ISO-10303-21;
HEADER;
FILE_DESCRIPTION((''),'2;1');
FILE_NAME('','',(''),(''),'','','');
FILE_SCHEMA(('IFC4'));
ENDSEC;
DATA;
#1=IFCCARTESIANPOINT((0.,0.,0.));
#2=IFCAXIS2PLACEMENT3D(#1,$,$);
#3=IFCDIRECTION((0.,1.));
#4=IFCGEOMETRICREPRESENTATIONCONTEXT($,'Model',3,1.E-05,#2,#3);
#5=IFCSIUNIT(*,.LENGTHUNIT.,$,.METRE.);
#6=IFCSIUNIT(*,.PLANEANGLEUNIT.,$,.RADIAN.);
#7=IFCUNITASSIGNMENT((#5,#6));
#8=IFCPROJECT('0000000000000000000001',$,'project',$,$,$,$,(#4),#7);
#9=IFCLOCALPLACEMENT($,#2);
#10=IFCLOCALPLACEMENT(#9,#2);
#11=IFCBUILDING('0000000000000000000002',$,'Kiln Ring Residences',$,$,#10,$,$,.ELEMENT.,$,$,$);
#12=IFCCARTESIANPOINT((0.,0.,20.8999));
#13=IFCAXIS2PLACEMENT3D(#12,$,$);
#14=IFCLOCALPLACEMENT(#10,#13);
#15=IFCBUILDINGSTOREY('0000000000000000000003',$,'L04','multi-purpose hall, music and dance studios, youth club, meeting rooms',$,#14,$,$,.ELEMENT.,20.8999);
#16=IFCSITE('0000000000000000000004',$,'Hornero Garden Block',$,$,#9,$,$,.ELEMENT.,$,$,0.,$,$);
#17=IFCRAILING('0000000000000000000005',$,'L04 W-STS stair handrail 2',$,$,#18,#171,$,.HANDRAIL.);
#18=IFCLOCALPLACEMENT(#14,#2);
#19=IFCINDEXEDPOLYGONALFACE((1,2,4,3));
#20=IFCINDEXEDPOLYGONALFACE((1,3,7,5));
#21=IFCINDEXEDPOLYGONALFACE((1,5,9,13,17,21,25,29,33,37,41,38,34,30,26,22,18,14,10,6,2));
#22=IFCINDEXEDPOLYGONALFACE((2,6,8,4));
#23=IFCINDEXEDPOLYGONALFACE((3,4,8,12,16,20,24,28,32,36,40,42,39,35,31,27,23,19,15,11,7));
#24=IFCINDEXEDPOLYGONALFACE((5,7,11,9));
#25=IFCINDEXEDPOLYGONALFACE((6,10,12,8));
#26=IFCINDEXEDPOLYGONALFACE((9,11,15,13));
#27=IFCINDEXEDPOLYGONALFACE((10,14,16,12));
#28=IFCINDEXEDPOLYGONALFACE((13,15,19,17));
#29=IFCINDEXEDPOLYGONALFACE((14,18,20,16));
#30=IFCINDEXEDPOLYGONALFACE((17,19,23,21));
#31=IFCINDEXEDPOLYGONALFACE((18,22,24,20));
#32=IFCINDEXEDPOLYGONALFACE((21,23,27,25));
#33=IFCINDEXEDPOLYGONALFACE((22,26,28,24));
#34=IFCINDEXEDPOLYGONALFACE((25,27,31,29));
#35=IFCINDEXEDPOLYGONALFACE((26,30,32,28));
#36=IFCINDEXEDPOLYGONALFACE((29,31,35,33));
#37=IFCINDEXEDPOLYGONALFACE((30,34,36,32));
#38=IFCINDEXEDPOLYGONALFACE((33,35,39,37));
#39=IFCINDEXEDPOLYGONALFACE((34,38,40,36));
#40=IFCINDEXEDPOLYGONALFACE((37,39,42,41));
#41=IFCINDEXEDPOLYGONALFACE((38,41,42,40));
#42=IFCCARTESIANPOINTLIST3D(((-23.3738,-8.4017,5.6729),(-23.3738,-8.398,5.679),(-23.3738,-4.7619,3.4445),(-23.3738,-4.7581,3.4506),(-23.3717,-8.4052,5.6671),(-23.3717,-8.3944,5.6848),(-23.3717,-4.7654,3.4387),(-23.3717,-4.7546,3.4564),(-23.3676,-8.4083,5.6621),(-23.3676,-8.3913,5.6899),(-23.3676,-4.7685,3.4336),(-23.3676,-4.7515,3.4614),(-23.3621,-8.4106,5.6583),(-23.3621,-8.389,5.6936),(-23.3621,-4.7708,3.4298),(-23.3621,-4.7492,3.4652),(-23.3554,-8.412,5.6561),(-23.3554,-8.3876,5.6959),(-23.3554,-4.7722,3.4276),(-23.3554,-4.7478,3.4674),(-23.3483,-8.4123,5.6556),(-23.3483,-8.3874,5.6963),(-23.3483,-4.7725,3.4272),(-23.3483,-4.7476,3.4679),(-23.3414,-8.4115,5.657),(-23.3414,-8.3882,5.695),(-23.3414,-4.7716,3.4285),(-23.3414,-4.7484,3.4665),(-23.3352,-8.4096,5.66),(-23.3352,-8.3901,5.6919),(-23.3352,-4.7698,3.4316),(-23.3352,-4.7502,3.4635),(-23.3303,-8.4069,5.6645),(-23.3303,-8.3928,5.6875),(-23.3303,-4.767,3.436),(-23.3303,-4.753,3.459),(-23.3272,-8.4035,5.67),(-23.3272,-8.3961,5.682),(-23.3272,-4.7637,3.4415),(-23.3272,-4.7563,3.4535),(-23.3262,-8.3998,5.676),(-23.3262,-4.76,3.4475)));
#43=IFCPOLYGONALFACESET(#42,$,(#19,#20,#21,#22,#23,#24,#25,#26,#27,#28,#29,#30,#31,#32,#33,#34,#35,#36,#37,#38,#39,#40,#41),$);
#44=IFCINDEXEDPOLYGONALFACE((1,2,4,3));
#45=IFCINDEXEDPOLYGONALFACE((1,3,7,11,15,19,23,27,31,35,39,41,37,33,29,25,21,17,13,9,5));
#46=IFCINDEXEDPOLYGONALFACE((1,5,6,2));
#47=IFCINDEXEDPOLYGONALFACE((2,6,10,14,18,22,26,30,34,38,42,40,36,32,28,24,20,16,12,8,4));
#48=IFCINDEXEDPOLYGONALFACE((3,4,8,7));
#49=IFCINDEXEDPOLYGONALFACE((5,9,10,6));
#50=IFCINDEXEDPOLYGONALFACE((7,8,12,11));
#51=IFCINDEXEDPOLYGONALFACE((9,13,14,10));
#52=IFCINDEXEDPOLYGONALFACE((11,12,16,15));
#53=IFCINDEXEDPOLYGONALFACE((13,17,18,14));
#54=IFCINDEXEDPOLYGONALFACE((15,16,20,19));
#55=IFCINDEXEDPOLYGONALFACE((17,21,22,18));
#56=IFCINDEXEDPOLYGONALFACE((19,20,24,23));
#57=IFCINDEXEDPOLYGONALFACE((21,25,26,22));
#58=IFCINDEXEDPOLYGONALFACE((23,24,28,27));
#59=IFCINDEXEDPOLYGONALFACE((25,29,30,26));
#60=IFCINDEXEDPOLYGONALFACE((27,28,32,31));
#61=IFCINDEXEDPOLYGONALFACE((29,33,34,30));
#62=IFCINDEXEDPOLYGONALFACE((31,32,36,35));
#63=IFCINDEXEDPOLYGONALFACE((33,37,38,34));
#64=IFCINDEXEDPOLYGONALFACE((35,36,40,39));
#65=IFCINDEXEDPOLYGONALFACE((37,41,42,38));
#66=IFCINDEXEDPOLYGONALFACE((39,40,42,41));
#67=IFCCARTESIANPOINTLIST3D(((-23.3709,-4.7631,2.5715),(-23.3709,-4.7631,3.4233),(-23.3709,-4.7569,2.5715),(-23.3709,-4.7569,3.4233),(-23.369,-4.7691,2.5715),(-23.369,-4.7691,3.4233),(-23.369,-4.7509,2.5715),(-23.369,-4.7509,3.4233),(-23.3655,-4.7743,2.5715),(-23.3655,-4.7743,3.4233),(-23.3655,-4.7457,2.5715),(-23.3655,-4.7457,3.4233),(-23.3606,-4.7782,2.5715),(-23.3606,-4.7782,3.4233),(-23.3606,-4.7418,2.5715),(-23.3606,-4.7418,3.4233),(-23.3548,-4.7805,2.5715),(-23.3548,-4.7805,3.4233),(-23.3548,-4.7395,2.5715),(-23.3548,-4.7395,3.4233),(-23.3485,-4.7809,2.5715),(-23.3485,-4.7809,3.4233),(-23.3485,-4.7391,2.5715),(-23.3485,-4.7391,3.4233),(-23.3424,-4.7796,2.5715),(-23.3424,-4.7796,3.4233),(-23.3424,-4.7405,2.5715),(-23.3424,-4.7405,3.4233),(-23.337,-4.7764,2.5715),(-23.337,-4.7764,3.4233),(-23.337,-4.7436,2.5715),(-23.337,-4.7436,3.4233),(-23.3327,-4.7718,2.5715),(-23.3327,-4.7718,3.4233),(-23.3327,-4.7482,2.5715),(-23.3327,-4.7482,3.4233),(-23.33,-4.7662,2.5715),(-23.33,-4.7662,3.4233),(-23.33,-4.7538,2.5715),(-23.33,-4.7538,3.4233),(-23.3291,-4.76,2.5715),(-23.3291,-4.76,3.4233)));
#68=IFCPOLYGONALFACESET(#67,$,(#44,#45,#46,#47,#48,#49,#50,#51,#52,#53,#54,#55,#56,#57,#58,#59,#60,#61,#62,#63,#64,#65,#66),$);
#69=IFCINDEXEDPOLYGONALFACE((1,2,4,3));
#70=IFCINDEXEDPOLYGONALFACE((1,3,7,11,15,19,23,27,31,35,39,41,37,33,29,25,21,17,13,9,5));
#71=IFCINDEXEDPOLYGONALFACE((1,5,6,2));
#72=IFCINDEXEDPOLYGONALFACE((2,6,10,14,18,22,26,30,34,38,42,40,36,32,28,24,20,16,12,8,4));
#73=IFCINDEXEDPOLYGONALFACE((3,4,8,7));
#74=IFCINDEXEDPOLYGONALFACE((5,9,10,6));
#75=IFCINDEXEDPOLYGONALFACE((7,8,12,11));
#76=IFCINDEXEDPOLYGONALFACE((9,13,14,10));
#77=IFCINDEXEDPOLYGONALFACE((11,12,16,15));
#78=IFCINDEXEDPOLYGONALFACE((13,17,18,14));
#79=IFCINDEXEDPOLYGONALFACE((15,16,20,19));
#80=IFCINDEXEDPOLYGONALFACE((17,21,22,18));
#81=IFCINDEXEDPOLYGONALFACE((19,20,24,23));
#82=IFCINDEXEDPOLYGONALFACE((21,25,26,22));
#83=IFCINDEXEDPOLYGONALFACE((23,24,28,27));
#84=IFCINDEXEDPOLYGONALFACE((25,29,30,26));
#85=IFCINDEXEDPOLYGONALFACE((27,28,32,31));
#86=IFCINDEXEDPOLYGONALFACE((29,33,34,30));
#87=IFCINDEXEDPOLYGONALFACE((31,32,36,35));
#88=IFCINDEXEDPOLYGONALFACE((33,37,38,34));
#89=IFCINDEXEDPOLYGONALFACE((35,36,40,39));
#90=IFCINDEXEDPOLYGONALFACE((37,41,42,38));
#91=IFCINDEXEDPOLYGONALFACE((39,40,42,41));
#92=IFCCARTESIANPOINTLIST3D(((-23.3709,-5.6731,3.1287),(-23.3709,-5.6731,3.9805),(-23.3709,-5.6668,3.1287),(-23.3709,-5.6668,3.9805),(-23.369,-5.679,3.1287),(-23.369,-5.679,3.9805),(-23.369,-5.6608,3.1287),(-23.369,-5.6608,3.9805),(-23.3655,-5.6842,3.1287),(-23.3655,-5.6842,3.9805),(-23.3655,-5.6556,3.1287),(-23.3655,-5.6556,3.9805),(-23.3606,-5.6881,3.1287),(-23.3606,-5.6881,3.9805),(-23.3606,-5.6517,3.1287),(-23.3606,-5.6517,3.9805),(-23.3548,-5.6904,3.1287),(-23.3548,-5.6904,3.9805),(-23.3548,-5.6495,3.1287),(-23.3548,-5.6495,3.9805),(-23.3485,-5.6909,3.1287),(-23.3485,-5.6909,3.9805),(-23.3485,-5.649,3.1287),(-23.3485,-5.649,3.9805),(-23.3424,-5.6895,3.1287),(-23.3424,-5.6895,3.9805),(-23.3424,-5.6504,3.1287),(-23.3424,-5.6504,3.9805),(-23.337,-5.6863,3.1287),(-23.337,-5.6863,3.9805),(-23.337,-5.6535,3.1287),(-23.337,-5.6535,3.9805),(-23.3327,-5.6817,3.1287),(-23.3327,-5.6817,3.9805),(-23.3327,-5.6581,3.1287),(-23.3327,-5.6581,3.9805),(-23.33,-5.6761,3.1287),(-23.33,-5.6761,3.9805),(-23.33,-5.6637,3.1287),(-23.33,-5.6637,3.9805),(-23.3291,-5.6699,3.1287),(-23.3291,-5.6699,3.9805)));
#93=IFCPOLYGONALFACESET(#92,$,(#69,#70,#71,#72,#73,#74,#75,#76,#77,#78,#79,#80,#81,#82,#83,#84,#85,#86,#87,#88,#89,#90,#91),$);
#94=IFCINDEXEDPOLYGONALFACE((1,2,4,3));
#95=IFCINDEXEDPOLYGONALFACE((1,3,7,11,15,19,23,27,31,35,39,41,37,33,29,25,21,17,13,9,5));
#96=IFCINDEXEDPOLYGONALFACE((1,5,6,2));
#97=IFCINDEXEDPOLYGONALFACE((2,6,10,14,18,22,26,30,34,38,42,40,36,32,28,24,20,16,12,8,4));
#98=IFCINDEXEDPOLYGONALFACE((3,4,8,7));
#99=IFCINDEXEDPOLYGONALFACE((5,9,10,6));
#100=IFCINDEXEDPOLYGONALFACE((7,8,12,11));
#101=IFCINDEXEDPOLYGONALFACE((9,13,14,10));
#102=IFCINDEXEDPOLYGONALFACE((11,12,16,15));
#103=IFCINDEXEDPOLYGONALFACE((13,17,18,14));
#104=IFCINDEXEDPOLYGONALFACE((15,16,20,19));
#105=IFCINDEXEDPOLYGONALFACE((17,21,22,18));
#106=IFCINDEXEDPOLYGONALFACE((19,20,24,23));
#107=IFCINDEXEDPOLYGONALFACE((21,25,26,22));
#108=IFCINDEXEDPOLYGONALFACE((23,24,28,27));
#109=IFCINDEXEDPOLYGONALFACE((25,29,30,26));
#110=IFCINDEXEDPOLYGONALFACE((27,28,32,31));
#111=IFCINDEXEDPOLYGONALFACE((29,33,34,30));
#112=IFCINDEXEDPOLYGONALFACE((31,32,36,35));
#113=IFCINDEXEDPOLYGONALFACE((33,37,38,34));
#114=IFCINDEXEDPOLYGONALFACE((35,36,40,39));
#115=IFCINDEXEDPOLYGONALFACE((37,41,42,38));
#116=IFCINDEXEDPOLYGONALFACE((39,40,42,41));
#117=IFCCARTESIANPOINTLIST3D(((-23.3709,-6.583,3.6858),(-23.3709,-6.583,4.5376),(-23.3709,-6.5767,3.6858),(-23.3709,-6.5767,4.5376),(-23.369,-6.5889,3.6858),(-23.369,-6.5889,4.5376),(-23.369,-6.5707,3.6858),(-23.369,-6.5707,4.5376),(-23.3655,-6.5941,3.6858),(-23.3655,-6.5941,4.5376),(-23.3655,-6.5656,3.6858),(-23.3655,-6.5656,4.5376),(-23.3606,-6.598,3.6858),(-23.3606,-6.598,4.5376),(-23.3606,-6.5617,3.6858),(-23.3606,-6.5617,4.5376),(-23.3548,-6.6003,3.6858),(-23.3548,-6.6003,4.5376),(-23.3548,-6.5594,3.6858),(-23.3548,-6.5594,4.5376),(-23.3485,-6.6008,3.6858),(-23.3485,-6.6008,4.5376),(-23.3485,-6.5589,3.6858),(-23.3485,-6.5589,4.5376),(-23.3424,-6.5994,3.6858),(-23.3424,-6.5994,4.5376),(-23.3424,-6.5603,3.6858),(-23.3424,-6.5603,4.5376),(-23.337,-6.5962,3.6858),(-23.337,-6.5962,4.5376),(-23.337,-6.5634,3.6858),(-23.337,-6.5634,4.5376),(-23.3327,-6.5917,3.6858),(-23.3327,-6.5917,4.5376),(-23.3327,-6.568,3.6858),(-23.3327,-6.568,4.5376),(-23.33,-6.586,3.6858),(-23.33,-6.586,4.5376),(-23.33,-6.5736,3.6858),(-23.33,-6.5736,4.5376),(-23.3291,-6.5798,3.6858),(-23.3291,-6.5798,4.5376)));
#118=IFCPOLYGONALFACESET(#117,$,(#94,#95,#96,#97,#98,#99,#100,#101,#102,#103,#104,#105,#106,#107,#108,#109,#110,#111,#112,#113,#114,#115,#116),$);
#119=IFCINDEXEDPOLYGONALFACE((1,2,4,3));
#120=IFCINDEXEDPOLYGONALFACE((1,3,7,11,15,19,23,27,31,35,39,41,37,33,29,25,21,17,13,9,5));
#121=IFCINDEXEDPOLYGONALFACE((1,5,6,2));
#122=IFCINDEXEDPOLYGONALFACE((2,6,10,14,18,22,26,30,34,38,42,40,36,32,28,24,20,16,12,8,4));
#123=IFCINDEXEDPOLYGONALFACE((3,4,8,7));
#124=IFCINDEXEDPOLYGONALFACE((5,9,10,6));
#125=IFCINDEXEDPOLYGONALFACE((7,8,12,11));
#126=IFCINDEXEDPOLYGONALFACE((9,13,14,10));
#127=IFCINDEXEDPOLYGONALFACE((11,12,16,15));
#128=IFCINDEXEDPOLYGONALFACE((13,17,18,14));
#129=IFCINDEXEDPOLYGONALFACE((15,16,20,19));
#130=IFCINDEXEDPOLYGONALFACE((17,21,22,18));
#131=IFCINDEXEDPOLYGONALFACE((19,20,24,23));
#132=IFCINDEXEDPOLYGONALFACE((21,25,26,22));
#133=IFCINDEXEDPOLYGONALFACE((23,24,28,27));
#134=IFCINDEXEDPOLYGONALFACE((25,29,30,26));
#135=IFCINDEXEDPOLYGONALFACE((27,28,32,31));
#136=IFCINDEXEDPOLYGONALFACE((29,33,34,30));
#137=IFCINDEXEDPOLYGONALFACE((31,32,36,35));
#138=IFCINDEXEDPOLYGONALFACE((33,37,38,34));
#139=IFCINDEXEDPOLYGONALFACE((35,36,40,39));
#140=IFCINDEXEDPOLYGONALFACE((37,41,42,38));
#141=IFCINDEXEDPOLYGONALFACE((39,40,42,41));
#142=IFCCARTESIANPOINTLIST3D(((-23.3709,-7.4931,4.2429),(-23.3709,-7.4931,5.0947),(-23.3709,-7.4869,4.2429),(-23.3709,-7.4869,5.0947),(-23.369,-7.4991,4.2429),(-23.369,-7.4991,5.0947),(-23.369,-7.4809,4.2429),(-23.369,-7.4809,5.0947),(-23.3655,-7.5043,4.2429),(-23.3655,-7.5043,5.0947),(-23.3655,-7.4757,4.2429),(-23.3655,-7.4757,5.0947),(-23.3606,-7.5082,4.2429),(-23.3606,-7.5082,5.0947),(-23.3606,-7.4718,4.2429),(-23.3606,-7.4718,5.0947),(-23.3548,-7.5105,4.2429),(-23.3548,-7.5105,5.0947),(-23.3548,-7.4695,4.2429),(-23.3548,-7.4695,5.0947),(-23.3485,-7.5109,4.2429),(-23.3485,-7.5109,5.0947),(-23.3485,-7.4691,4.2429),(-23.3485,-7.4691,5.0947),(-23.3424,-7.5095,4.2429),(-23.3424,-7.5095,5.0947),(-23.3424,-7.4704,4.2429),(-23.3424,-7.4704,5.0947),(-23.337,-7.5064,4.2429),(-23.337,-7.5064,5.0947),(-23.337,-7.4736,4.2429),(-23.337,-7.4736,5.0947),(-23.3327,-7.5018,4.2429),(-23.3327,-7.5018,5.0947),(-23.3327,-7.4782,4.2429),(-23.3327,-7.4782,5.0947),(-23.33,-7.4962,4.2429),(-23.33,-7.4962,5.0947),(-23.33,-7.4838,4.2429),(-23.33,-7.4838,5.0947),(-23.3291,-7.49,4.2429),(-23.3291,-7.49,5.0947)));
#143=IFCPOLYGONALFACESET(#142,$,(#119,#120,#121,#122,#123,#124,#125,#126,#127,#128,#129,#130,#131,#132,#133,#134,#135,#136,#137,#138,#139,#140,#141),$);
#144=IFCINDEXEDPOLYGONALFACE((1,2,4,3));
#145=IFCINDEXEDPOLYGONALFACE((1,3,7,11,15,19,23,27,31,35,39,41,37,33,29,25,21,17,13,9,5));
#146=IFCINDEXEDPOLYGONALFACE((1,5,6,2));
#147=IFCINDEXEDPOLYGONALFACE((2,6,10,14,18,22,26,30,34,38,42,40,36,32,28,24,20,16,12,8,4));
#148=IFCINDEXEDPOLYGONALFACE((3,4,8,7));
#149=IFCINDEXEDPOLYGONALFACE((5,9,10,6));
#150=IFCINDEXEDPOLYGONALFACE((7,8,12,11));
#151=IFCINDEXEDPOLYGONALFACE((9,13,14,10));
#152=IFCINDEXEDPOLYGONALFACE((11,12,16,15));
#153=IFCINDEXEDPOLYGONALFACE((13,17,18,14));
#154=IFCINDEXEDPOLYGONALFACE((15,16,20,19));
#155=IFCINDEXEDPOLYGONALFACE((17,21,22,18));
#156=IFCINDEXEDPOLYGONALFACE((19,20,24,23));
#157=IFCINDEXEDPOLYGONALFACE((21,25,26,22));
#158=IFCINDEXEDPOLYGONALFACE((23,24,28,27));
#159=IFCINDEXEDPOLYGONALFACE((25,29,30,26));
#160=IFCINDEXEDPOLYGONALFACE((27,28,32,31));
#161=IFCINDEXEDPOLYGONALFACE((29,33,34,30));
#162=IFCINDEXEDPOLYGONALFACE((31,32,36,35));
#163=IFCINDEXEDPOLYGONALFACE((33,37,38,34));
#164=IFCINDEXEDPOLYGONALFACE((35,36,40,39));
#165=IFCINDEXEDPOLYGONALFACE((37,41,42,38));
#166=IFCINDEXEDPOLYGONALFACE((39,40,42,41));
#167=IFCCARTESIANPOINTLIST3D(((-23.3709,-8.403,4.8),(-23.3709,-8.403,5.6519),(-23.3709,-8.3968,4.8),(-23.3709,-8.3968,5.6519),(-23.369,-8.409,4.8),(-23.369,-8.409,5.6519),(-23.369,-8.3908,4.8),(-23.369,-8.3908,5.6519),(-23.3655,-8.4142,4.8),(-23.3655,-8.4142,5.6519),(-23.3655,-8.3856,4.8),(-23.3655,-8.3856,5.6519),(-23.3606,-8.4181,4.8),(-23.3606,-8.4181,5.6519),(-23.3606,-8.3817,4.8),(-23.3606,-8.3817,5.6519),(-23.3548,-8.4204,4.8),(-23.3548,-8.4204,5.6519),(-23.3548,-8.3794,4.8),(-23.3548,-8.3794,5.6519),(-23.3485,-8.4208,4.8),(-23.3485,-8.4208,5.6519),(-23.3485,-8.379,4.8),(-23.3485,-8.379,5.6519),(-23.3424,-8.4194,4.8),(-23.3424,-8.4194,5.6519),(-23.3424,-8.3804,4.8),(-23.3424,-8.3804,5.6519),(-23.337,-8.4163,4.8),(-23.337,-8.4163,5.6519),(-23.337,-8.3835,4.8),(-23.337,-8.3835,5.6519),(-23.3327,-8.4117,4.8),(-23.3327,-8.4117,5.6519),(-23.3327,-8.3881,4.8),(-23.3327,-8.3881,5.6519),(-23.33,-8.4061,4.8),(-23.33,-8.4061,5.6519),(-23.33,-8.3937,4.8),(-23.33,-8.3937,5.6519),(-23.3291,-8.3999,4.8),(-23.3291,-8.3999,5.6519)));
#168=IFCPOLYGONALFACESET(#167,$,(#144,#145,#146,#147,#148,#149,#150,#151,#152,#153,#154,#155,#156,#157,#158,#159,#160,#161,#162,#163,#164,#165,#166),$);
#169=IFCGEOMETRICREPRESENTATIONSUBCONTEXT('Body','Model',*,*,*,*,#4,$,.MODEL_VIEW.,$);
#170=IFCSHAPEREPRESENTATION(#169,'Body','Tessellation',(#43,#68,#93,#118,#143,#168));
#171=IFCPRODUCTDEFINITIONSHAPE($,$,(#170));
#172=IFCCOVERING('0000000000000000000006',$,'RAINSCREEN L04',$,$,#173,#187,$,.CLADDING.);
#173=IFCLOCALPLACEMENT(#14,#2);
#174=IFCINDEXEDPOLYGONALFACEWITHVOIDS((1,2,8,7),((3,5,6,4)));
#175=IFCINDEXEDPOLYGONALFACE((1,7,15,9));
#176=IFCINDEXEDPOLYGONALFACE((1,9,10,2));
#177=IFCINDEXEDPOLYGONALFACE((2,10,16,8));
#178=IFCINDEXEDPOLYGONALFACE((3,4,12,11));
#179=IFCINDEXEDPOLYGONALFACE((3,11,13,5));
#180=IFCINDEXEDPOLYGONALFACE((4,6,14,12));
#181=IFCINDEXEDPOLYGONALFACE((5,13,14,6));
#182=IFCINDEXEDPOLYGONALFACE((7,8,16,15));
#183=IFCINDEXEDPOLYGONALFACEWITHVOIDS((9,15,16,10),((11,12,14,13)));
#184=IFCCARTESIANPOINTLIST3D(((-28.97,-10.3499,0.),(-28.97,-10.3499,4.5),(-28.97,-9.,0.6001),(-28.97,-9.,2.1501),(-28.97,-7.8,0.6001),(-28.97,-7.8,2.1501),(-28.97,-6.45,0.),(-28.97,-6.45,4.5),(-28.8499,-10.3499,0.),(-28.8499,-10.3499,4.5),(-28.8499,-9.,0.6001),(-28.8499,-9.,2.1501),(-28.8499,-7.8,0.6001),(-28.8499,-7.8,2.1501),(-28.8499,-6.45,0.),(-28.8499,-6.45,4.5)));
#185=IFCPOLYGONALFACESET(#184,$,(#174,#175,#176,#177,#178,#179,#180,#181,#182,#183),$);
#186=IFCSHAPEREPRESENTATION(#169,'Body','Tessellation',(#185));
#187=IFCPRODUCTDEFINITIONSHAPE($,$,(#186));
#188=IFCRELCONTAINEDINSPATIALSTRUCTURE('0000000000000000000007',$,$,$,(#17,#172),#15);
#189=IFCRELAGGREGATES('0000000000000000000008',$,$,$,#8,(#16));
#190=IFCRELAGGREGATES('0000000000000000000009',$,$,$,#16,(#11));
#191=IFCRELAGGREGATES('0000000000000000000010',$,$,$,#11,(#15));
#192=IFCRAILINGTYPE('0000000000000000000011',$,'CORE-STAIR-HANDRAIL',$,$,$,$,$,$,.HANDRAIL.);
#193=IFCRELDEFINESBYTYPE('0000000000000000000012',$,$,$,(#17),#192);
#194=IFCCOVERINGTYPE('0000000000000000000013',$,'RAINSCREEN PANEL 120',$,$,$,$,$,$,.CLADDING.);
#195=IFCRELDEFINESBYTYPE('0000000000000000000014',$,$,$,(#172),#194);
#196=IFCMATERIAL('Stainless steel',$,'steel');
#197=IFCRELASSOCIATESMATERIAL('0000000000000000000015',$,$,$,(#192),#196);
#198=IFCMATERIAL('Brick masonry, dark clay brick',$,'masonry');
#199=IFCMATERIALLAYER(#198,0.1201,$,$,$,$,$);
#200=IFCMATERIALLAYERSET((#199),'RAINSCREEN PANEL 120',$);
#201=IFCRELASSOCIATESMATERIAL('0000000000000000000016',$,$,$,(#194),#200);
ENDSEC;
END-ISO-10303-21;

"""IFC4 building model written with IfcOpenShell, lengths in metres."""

from ifc_helpers import new_model, si_unit, direction, frame, origin, origin_2d, place, context, subcontext, project, spatial, polyline, circle, outline, extrude, material, layer, layer_set, type_object, element, save


model = new_model("IFC4")

# Units and contexts
model_context = context("Model", 3, precision=1e-05, world=origin(), true_north=direction((0.0, 1.0)))
body_context = subcontext(model_context, "Body", "Model", "MODEL_VIEW")
ifc_project = project(units=[si_unit("LENGTHUNIT", "METRE"), si_unit("PLANEANGLEUNIT", "RADIAN")], contexts=[model_context])

# Site, building, storey
site_placement = place(None, origin())
site = spatial("IfcSite", under=ifc_project, at=site_placement, Name="Hornero Garden Block", CompositionType="ELEMENT", RefElevation=0.0)
building_placement = place(site_placement, origin())
building = spatial("IfcBuilding", under=site, at=building_placement, Name="Kiln Ring Residences", CompositionType="ELEMENT")
storey_placement = place(building_placement, frame((0.0, 0.0, 20.8999)))
storey = spatial("IfcBuildingStorey", under=building, at=storey_placement, Name="L04", Description="multi-purpose hall, music and dance studios, youth club, meeting rooms", CompositionType="ELEMENT", Elevation=20.8999)

# Railing
ifc_material_1 = material(Name="Stainless steel", Category="steel")
railing_type = type_object("IfcRailingType", Name="CORE-STAIR-HANDRAIL", PredefinedType="HANDRAIL", material=ifc_material_1)
railing_placement = place(storey_placement, frame((-23.3501, -4.76, 2.5715)))
element("IfcRailing", 1, at=railing_placement, inside=storey, type_object=railing_type, Name="L04 W-STS stair handrail 2", PredefinedType="HANDRAIL", context=body_context, shape_type="SweptSolid", body=[
    extrude(circle(Radius=0.0239, at=origin_2d()), frame((0.0, 0.0, 0.876), z_axis=(0.0, -0.85285, 0.522156), x_axis=(1.0, 0.0, 0.0)), (0.0, 0.0, 1.0), 4.2678),
    extrude(circle(Radius=0.021, at=origin_2d()), origin(), (0.0, 0.0, 1.0), 0.8518),
    extrude(circle(Radius=0.021, at=origin_2d()), frame((0.0, -0.9099, 0.5571)), (0.0, 0.0, 1.0), 0.8518),
    extrude(circle(Radius=0.021, at=origin_2d()), frame((0.0, -1.8198, 1.1143)), (0.0, 0.0, 1.0), 0.8518),
    extrude(circle(Radius=0.021, at=origin_2d()), frame((0.0, -2.73, 1.6714)), (0.0, 0.0, 1.0), 0.8518),
    extrude(circle(Radius=0.021, at=origin_2d()), frame((0.0, -3.6399, 2.2285)), (0.0, 0.0, 1.0), 0.8518),
])

# Covering
ifc_material_2 = material(Name="Brick masonry, dark clay brick", Category="masonry")
ifc_layer_1 = layer(ifc_material_2, 0.1201)
ifc_layer_set_1 = layer_set([ifc_layer_1], Name="RAINSCREEN PANEL 120")
covering_type = type_object("IfcCoveringType", Name="RAINSCREEN PANEL 120", PredefinedType="CLADDING", material=ifc_layer_set_1)
covering_placement = place(storey_placement, frame((-28.9099, -6.45, 0.0), z_axis=(0.0, 0.0, 1.0), x_axis=(0.0, -1.0, 0.0)))
element("IfcCovering", 2, at=covering_placement, inside=storey, type_object=covering_type, Name="RAINSCREEN L04", PredefinedType="CLADDING", context=body_context, shape_type="SweptSolid", body=[
    extrude(outline(polyline([(0.0, 0.0), (3.8999, 0.0), (3.8999, 4.5), (0.0, 4.5), (0.0, 0.0)]), holes=[polyline([(1.3501, 2.1501), (1.3501, 0.6001), (2.55, 0.6001), (2.55, 2.1501), (1.3501, 2.1501)])]), frame((0.0, 0.0601, 0.0), z_axis=(0.0, -1.0, 0.0), x_axis=(1.0, 0.0, 0.0)), (0.0, 0.0, 1.0), 0.1201),
])

save(model, "model.ifc")
